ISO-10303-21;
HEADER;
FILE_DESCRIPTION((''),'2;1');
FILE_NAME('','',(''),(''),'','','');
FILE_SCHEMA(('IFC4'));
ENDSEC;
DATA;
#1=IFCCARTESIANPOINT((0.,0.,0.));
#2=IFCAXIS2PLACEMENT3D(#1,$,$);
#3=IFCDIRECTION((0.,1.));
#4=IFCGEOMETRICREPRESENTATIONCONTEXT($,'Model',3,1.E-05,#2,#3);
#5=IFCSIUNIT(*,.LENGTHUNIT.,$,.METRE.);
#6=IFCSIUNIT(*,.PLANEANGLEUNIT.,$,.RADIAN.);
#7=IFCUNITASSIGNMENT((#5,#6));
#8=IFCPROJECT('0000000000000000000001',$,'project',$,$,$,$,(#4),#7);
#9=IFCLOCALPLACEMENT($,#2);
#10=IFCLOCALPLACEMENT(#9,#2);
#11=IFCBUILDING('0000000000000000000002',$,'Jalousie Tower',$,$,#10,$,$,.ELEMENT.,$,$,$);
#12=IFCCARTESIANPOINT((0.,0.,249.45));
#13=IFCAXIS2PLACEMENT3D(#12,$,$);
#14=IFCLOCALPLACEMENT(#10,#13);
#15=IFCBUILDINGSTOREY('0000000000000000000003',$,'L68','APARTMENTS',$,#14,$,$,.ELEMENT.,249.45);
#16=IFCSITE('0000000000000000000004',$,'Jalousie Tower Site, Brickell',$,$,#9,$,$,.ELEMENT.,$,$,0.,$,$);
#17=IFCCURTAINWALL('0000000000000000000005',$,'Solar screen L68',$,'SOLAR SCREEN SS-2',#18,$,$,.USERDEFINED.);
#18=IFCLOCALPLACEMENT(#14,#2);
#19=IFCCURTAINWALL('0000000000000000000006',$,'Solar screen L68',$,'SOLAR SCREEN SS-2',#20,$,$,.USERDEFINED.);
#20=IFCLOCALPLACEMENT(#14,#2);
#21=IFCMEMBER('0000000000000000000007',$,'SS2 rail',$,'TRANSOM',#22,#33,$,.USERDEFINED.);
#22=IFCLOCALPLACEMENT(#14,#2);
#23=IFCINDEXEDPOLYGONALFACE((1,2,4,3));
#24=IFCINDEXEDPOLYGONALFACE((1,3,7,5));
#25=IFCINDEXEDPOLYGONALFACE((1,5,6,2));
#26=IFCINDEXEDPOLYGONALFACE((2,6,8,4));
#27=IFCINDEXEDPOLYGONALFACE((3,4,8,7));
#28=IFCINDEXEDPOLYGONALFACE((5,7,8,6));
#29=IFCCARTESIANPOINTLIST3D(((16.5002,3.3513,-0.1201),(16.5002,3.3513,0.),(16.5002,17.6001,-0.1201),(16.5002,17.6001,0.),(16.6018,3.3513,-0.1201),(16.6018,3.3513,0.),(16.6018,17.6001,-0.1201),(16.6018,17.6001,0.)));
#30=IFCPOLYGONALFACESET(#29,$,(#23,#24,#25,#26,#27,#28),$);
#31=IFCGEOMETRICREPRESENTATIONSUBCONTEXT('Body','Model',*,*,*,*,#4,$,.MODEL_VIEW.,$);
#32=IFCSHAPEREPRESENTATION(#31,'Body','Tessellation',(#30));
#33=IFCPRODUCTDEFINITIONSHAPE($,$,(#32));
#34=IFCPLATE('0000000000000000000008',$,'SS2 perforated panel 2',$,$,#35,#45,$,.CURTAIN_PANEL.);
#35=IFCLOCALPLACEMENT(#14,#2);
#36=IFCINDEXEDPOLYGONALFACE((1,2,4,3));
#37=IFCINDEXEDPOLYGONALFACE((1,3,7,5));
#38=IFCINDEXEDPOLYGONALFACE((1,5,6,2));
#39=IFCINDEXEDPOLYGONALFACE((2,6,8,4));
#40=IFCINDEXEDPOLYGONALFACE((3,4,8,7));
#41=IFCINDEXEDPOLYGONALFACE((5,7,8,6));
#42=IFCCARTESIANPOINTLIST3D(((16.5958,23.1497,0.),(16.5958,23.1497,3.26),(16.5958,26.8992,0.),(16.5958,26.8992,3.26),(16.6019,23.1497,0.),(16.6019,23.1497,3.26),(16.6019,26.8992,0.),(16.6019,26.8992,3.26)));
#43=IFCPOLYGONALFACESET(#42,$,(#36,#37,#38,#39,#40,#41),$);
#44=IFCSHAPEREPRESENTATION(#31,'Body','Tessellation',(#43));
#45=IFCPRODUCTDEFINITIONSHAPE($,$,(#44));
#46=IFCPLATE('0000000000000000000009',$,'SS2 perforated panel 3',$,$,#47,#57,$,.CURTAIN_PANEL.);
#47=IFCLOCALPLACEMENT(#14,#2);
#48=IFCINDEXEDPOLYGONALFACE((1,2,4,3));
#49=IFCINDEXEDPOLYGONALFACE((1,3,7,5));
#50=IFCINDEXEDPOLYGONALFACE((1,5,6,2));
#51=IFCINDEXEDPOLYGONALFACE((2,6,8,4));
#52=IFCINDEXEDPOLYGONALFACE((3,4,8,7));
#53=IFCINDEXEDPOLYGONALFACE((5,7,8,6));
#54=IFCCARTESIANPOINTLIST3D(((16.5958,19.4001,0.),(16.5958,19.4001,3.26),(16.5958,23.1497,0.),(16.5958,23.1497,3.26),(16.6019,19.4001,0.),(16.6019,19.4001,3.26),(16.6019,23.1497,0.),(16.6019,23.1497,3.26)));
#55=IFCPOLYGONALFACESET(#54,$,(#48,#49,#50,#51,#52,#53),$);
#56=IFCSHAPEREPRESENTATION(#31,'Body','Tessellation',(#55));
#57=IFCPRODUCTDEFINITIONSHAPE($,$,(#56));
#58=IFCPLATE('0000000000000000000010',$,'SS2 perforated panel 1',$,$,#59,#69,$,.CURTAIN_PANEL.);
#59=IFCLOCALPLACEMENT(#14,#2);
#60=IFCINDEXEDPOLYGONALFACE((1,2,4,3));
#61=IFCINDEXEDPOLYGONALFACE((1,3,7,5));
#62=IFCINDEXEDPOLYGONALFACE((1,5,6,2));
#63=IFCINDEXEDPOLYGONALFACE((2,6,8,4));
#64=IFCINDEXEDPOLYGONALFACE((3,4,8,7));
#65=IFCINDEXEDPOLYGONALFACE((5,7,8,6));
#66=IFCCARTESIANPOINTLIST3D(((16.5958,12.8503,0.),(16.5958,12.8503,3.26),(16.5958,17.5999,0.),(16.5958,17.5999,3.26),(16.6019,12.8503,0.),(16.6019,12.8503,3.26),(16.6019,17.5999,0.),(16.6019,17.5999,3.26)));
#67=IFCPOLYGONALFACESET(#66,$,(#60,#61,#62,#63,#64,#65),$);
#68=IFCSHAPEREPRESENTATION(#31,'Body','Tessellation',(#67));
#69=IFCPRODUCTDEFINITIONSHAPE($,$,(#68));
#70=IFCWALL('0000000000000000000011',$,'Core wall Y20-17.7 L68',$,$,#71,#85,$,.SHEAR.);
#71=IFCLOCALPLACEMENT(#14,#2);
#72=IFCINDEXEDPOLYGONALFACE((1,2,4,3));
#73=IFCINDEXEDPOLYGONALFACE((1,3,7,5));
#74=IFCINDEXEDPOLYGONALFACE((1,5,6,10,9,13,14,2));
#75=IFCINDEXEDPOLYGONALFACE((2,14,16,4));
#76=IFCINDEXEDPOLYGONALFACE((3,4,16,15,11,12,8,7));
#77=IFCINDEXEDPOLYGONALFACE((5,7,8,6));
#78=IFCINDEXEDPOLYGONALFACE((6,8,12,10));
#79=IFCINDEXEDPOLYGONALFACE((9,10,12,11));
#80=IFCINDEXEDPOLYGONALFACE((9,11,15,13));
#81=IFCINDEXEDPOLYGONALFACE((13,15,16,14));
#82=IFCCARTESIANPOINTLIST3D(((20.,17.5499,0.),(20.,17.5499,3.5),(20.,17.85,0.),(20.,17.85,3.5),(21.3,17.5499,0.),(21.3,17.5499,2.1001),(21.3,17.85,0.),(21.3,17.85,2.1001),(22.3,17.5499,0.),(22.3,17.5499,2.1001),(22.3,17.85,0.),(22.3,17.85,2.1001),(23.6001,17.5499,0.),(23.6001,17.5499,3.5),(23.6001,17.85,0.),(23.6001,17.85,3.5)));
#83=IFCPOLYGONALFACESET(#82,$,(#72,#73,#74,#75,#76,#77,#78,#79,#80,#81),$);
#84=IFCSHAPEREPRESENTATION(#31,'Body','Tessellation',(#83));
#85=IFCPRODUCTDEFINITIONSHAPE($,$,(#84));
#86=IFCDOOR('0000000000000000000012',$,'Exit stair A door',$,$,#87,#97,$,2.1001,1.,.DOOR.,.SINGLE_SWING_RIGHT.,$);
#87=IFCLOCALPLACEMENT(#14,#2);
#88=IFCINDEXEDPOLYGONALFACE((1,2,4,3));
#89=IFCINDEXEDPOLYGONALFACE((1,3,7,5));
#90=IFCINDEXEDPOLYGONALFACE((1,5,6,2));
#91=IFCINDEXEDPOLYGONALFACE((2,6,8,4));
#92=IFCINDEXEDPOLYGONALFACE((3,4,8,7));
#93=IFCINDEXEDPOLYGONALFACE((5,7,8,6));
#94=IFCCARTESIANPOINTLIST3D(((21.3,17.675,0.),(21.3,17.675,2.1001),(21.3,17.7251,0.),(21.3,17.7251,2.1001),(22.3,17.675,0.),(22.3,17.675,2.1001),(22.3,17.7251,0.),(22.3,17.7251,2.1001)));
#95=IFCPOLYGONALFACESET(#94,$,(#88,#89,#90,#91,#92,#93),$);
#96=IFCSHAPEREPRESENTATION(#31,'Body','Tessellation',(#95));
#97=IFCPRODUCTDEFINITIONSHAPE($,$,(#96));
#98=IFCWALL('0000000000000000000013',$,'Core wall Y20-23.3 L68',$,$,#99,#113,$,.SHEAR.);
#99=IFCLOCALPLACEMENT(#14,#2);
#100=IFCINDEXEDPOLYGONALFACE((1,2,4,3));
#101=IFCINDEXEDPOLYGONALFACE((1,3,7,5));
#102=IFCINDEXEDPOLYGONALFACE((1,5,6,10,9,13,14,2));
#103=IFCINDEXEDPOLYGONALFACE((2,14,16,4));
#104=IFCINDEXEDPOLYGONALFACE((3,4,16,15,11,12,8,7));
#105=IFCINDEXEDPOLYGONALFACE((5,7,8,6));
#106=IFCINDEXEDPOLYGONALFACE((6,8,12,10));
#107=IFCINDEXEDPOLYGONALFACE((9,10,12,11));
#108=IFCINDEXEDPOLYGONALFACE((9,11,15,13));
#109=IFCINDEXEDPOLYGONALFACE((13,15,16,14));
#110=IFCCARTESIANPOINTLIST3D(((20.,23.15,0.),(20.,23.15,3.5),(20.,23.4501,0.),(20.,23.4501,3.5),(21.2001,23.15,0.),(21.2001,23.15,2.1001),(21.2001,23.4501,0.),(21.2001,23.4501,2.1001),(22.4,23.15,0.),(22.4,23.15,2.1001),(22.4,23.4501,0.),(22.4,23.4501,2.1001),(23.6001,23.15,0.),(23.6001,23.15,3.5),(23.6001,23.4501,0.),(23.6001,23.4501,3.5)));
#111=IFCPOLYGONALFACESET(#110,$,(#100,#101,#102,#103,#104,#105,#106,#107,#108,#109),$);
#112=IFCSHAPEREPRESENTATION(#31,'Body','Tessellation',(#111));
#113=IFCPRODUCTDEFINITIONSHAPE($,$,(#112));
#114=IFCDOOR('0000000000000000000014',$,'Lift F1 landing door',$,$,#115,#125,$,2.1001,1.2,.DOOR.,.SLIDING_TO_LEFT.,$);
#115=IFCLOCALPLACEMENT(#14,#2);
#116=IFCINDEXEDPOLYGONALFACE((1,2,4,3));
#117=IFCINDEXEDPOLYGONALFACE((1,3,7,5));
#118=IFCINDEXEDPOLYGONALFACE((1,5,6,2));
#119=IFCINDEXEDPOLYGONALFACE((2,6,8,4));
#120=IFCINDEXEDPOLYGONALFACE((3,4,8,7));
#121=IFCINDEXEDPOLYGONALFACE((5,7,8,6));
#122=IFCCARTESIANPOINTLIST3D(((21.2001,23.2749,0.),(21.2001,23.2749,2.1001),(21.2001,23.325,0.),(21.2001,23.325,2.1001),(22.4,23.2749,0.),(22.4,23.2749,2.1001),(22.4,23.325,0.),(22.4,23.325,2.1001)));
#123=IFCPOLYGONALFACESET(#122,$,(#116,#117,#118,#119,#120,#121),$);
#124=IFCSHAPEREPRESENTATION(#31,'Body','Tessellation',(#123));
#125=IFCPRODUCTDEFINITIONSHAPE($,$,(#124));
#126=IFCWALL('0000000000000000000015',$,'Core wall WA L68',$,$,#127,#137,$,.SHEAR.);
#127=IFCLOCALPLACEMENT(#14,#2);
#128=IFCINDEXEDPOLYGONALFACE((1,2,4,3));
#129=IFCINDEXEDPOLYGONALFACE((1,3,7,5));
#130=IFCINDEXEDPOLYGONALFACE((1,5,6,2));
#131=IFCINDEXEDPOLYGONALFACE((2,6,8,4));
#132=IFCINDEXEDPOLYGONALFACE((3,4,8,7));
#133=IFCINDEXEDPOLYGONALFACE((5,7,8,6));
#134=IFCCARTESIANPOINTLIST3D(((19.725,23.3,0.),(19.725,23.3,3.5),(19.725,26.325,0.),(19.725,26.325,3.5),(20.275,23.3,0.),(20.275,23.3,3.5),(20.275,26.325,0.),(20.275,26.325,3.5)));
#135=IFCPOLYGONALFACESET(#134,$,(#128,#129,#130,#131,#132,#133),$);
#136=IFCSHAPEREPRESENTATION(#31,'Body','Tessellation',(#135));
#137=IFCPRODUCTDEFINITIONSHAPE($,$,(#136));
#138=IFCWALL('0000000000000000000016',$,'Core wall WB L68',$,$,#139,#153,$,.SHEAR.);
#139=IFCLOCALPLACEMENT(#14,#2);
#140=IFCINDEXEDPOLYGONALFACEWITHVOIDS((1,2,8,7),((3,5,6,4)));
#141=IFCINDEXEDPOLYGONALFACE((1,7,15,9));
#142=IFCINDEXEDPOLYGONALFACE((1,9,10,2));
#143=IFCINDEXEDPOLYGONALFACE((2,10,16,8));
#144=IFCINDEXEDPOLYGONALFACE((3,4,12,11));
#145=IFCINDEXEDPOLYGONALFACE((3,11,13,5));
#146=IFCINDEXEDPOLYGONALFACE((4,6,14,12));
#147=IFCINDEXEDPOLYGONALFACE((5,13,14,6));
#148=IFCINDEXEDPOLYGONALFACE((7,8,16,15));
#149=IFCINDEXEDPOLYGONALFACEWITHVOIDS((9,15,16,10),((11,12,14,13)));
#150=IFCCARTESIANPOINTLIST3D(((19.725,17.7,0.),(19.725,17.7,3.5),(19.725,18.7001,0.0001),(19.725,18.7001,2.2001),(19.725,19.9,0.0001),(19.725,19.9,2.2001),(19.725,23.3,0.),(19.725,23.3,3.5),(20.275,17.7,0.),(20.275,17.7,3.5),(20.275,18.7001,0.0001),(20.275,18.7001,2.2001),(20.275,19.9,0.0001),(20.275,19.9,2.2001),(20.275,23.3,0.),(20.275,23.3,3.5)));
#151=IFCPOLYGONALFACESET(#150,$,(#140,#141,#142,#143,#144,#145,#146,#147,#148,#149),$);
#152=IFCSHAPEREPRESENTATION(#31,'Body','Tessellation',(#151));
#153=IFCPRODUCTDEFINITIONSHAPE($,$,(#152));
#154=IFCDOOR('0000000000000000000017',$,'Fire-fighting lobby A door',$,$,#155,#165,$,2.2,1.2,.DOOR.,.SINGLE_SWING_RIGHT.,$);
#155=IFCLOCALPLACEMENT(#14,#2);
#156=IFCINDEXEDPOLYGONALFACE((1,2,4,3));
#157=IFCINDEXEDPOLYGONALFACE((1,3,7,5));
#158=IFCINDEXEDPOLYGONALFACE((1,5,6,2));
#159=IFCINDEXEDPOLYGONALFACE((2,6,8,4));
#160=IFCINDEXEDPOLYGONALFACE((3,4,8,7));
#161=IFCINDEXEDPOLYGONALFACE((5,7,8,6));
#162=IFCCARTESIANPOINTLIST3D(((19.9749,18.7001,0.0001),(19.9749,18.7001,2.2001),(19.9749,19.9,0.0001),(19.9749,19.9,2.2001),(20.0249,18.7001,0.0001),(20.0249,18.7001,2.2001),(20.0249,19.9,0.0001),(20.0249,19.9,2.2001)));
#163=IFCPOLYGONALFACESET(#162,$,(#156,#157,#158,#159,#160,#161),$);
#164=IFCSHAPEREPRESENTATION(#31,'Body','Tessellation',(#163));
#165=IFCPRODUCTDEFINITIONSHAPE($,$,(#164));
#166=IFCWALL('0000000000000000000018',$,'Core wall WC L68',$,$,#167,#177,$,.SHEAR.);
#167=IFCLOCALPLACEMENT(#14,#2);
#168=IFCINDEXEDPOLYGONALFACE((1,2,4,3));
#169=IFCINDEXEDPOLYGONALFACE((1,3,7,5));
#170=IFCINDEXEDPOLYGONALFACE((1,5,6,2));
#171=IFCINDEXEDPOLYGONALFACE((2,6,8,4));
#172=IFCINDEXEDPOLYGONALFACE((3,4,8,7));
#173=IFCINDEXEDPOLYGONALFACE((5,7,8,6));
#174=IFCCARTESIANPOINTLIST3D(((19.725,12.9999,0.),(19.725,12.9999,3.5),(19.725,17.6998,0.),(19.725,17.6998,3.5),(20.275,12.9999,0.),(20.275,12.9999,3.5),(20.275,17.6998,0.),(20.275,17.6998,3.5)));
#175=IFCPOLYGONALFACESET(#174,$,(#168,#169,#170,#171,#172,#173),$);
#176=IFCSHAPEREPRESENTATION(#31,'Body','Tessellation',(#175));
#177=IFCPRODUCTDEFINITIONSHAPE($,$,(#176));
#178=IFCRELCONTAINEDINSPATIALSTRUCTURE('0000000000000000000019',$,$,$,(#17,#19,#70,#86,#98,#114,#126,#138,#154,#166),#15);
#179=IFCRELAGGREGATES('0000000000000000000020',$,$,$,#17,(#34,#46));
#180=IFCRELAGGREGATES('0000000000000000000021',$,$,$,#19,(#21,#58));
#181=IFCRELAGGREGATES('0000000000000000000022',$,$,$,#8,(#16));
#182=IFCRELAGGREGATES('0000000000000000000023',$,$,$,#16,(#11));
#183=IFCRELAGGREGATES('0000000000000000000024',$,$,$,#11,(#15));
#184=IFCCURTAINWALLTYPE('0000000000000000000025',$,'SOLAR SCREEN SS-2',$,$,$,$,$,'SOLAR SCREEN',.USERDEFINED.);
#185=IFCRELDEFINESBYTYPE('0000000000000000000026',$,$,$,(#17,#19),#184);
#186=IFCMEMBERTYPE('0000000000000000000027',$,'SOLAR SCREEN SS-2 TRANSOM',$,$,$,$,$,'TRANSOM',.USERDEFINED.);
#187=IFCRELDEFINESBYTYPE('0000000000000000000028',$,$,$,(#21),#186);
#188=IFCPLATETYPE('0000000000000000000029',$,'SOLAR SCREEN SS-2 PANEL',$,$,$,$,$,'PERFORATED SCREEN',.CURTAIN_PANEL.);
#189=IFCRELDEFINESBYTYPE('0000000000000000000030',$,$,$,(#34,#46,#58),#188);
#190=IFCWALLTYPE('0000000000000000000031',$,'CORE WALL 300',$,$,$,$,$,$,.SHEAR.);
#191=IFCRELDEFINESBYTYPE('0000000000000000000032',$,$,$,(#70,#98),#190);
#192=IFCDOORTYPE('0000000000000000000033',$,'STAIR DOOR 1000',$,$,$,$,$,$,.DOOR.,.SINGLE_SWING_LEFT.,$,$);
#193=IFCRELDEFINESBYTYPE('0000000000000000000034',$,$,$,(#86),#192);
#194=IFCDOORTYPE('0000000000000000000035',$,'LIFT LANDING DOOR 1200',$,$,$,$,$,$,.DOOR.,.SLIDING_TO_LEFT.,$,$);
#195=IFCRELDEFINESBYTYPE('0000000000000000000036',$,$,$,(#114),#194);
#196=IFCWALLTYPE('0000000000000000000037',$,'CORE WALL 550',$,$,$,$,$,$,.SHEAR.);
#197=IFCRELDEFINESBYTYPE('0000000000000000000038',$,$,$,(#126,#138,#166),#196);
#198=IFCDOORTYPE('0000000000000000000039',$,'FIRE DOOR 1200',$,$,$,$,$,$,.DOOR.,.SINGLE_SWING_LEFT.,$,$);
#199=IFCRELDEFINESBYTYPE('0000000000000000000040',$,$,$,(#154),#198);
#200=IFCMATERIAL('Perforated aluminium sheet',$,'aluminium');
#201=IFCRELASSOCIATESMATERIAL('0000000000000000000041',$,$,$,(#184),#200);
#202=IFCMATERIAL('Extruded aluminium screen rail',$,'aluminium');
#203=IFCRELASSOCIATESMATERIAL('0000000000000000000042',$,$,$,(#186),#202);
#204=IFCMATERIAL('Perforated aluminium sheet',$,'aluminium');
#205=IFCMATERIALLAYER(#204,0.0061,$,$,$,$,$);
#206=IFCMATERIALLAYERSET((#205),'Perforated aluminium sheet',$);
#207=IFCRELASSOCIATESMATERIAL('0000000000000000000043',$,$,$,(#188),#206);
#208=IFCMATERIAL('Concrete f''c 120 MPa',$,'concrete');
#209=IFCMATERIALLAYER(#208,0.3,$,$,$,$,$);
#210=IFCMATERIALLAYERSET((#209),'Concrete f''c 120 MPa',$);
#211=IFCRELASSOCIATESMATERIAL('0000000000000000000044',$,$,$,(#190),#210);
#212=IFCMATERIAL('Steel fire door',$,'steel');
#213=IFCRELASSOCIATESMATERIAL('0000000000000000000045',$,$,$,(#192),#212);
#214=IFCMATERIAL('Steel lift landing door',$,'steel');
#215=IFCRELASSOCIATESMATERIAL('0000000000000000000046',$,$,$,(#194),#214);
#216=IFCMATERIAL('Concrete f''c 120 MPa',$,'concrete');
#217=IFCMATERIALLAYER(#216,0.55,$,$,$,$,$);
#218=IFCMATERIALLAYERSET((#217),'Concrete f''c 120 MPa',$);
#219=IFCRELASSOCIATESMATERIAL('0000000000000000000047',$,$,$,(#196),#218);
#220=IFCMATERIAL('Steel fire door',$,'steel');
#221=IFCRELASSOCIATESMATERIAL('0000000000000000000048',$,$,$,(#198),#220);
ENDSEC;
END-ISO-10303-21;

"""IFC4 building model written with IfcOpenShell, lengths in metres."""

from ifc_helpers import new_model, si_unit, direction, frame, frame_2d, origin, origin_2d, place, context, subcontext, project, spatial, rectangle, extrude, material, layer, layer_set, material_profile, profile_set, type_object, element, fill, aggregate, save


model = new_model("IFC4")

# Units and contexts
model_context = context("Model", 3, precision=1e-05, world=origin(), true_north=direction((0.0, 1.0)))
body_context = subcontext(model_context, "Body", "Model", "MODEL_VIEW")
ifc_project = project(units=[si_unit("LENGTHUNIT", "METRE"), si_unit("PLANEANGLEUNIT", "RADIAN")], contexts=[model_context])

# Site, building, storey
site_placement = place(None, origin())
site = spatial("IfcSite", under=ifc_project, at=site_placement, Name="Jalousie Tower Site, Brickell", CompositionType="ELEMENT", RefElevation=0.0)
building_placement = place(site_placement, origin())
building = spatial("IfcBuilding", under=site, at=building_placement, Name="Jalousie Tower", CompositionType="ELEMENT")
storey_placement = place(building_placement, frame((0.0, 0.0, 249.45)))
storey = spatial("IfcBuildingStorey", under=building, at=storey_placement, Name="L68", Description="APARTMENTS", CompositionType="ELEMENT", Elevation=249.45)

# Curtain walls, member
ifc_material_1 = material(Name="Perforated aluminium sheet", Category="aluminium")
curtain_wall_type = type_object("IfcCurtainWallType", Name="SOLAR SCREEN SS-2", ElementType="SOLAR SCREEN", PredefinedType="USERDEFINED", material=ifc_material_1)
curtain_wall_1_placement = place(storey_placement, origin())
curtain_wall_1 = element("IfcCurtainWall", 1, at=curtain_wall_1_placement, inside=storey, type_object=curtain_wall_type, Name="Solar screen L68", ObjectType="SOLAR SCREEN SS-2", PredefinedType="USERDEFINED")
curtain_wall_2_placement = place(storey_placement, origin())
curtain_wall_2 = element("IfcCurtainWall", 2, at=curtain_wall_2_placement, inside=storey, type_object=curtain_wall_type, Name="Solar screen L68", ObjectType="SOLAR SCREEN SS-2", PredefinedType="USERDEFINED")
ifc_material_2 = material(Name="Extruded aluminium screen rail", Category="aluminium")
ifc_material_profile_1 = material_profile(ifc_material_2, rectangle(XDim=0.1016, YDim=0.1201, at=origin_2d()), Name="RAIL 102x120")
ifc_profile_set_1 = profile_set([ifc_material_profile_1], Name="Extruded aluminium screen rail")
member_type_1 = type_object("IfcMemberType", Name="SOLAR SCREEN SS-2 TRANSOM", ElementType="TRANSOM", PredefinedType="USERDEFINED", material=ifc_profile_set_1)
member_1_placement = place(storey_placement, frame((16.551, 17.6001, -0.0601), z_axis=(0.0, -1.0, 0.0), x_axis=(1.0, 0.0, 0.0)))
member_1 = element("IfcMember", 3, at=member_1_placement, type_object=member_type_1, Name="SS2 rail", ObjectType="TRANSOM", PredefinedType="USERDEFINED", context=body_context, shape_type="SweptSolid", body=[
    extrude(rectangle(XDim=0.1016, YDim=0.1201, at=origin_2d()), origin(), (0.0, 0.0, 1.0), 14.2488),
])

# Plates
ifc_material_3 = material(Name="Perforated aluminium sheet", Category="aluminium")
ifc_layer_1 = layer(ifc_material_3, 0.0061)
ifc_layer_set_1 = layer_set([ifc_layer_1], Name="Perforated aluminium sheet")
plate_type = type_object("IfcPlateType", Name="SOLAR SCREEN SS-2 PANEL", ElementType="PERFORATED SCREEN", PredefinedType="CURTAIN_PANEL", material=ifc_layer_set_1)
plate_1_placement = place(storey_placement, frame((16.5989, 25.0244, 0.0), z_axis=(0.0, 0.0, 1.0), x_axis=(0.0, -1.0, 0.0)))
plate_1 = element("IfcPlate", 4, at=plate_1_placement, type_object=plate_type, Name="SS2 perforated panel 2", PredefinedType="CURTAIN_PANEL", context=body_context, shape_type="SweptSolid", body=[
    extrude(rectangle(XDim=3.7495, YDim=0.0061, at=origin_2d()), origin(), (0.0, 0.0, 1.0), 3.26),
])
plate_2_placement = place(storey_placement, frame((16.5989, 21.2749, 0.0), z_axis=(0.0, 0.0, 1.0), x_axis=(0.0, -1.0, 0.0)))
plate_2 = element("IfcPlate", 5, at=plate_2_placement, type_object=plate_type, Name="SS2 perforated panel 3", PredefinedType="CURTAIN_PANEL", context=body_context, shape_type="SweptSolid", body=[
    extrude(rectangle(XDim=3.7495, YDim=0.0061, at=origin_2d()), origin(), (0.0, 0.0, 1.0), 3.26),
])
aggregate(curtain_wall_1, [plate_1, plate_2])
plate_3_placement = place(storey_placement, frame((16.5989, 15.2251, 0.0), z_axis=(0.0, 0.0, 1.0), x_axis=(0.0, -1.0, 0.0)))
plate_3 = element("IfcPlate", 6, at=plate_3_placement, type_object=plate_type, Name="SS2 perforated panel 1", PredefinedType="CURTAIN_PANEL", context=body_context, shape_type="SweptSolid", body=[
    extrude(rectangle(XDim=4.7495, YDim=0.0061, at=origin_2d()), origin(), (0.0, 0.0, 1.0), 3.26),
])
aggregate(curtain_wall_2, [member_1, plate_3])

# Walls, openings, doors
ifc_material_4 = material(Name="Concrete f'c 120 MPa", Category="concrete")
ifc_layer_2 = layer(ifc_material_4, 0.3)
ifc_layer_set_2 = layer_set([ifc_layer_2], Name="Concrete f'c 120 MPa")
wall_type_1 = type_object("IfcWallType", Name="CORE WALL 300", PredefinedType="SHEAR", material=ifc_layer_set_2)
wall_1_placement = place(storey_placement, frame((20.0, 17.7, 0.0), z_axis=(0.0, 0.0, 1.0), x_axis=(1.0, 0.0, 0.0)))
wall_1 = element("IfcWall", 7, at=wall_1_placement, inside=storey, type_object=wall_type_1, Name="Core wall Y20-17.7 L68", PredefinedType="SHEAR", context=body_context, shape_type="SweptSolid", body=[
    extrude(rectangle(XDim=3.6001, YDim=0.3, at=frame_2d((1.8, 0.0))), origin(), (0.0, 0.0, 1.0), 3.5),
])
opening_1_placement = place(wall_1_placement, frame((1.3, 0.0, 0.0)))
opening_1 = element("IfcOpeningElement", 8, at=opening_1_placement, cuts=wall_1, PredefinedType="OPENING", context=body_context, shape_type="SweptSolid", body=[
    extrude(rectangle(XDim=1.0, YDim=2.1001, at=frame_2d((0.5, 1.05))), frame((0.0, 0.1599, 0.0), z_axis=(0.0, -1.0, 0.0), x_axis=(1.0, 0.0, 0.0)), (0.0, 0.0, 1.0), 0.3201),
])
ifc_material_5 = material(Name="Steel fire door", Category="steel")
door_type_1 = type_object("IfcDoorType", Name="STAIR DOOR 1000", OperationType="SINGLE_SWING_LEFT", PredefinedType="DOOR", material=ifc_material_5)
door_1_placement = place(opening_1_placement, frame((1.0, 0.0, 0.0), z_axis=(0.0, 0.0, 1.0), x_axis=(-1.0, 0.0, 0.0)))
door_1 = element("IfcDoor", 9, at=door_1_placement, inside=storey, type_object=door_type_1, Name="Exit stair A door", OperationType="SINGLE_SWING_RIGHT", OverallHeight=2.1001, OverallWidth=1.0, PredefinedType="DOOR", context=body_context, shape_type="SweptSolid", body=[
    extrude(rectangle(XDim=1.0, YDim=2.1001, at=frame_2d((0.5, 1.05))), frame((0.0, 0.0249, 0.0), z_axis=(0.0, -1.0, 0.0), x_axis=(1.0, 0.0, 0.0)), (0.0, 0.0, 1.0), 0.05),
])
fill(opening_1, door_1)
wall_2_placement = place(storey_placement, frame((20.0, 23.3, 0.0), z_axis=(0.0, 0.0, 1.0), x_axis=(1.0, 0.0, 0.0)))
wall_2 = element("IfcWall", 10, at=wall_2_placement, inside=storey, type_object=wall_type_1, Name="Core wall Y20-23.3 L68", PredefinedType="SHEAR", context=body_context, shape_type="SweptSolid", body=[
    extrude(rectangle(XDim=3.6001, YDim=0.3, at=frame_2d((1.8, 0.0))), origin(), (0.0, 0.0, 1.0), 3.5),
])
opening_2_placement = place(wall_2_placement, frame((1.2, 0.0, 0.0)))
opening_2 = element("IfcOpeningElement", 11, at=opening_2_placement, cuts=wall_2, PredefinedType="OPENING", context=body_context, shape_type="SweptSolid", body=[
    extrude(rectangle(XDim=1.2, YDim=2.1001, at=frame_2d((0.6001, 1.05))), frame((0.0, 0.1599, 0.0), z_axis=(0.0, -1.0, 0.0), x_axis=(1.0, 0.0, 0.0)), (0.0, 0.0, 1.0), 0.3201),
])
ifc_material_6 = material(Name="Steel lift landing door", Category="steel")
door_type_2 = type_object("IfcDoorType", Name="LIFT LANDING DOOR 1200", OperationType="SLIDING_TO_LEFT", PredefinedType="DOOR", material=ifc_material_6)
door_2_placement = place(opening_2_placement, origin())
door_2 = element("IfcDoor", 12, at=door_2_placement, inside=storey, type_object=door_type_2, Name="Lift F1 landing door", OperationType="SLIDING_TO_LEFT", OverallHeight=2.1001, OverallWidth=1.2, PredefinedType="DOOR", context=body_context, shape_type="SweptSolid", body=[
    extrude(rectangle(XDim=1.2, YDim=2.1001, at=frame_2d((0.6001, 1.05))), frame((0.0, 0.0249, 0.0), z_axis=(0.0, -1.0, 0.0), x_axis=(1.0, 0.0, 0.0)), (0.0, 0.0, 1.0), 0.05),
])
fill(opening_2, door_2)

# Wall
ifc_material_7 = material(Name="Concrete f'c 120 MPa", Category="concrete")
ifc_layer_3 = layer(ifc_material_7, 0.55)
ifc_layer_set_3 = layer_set([ifc_layer_3], Name="Concrete f'c 120 MPa")
wall_type_2 = type_object("IfcWallType", Name="CORE WALL 550", PredefinedType="SHEAR", material=ifc_layer_set_3)
wall_3_placement = place(storey_placement, frame((20.0, 26.325, 0.0), z_axis=(0.0, 0.0, 1.0), x_axis=(0.0, -1.0, 0.0)))
element("IfcWall", 13, at=wall_3_placement, inside=storey, type_object=wall_type_2, Name="Core wall WA L68", PredefinedType="SHEAR", context=body_context, shape_type="SweptSolid", body=[
    extrude(rectangle(XDim=3.0249, YDim=0.55, at=frame_2d((1.5125, 0.0))), origin(), (0.0, 0.0, 1.0), 3.5),
])

# Wall, opening, door
wall_4_placement = place(storey_placement, frame((20.0, 23.3, 0.0), z_axis=(0.0, 0.0, 1.0), x_axis=(0.0, -1.0, 0.0)))
wall_4 = element("IfcWall", 14, at=wall_4_placement, inside=storey, type_object=wall_type_2, Name="Core wall WB L68", PredefinedType="SHEAR", context=body_context, shape_type="SweptSolid", body=[
    extrude(rectangle(XDim=5.6001, YDim=0.55, at=frame_2d((2.8, 0.0))), origin(), (0.0, 0.0, 1.0), 3.5),
])
opening_3_placement = place(wall_4_placement, frame((3.3999, 0.0, 0.0)))
opening_3 = element("IfcOpeningElement", 15, at=opening_3_placement, cuts=wall_4, PredefinedType="OPENING", context=body_context, shape_type="SweptSolid", body=[
    extrude(rectangle(XDim=1.2, YDim=2.2, at=frame_2d((0.6001, 1.1001))), frame((0.0, 0.2849, 0.0), z_axis=(0.0, -1.0, 0.0), x_axis=(1.0, 0.0, 0.0)), (0.0, 0.0, 1.0), 0.5701),
])
ifc_material_8 = material(Name="Steel fire door", Category="steel")
door_type_3 = type_object("IfcDoorType", Name="FIRE DOOR 1200", OperationType="SINGLE_SWING_LEFT", PredefinedType="DOOR", material=ifc_material_8)
door_3_placement = place(opening_3_placement, origin())
door_3 = element("IfcDoor", 16, at=door_3_placement, inside=storey, type_object=door_type_3, Name="Fire-fighting lobby A door", OperationType="SINGLE_SWING_RIGHT", OverallHeight=2.2, OverallWidth=1.2, PredefinedType="DOOR", context=body_context, shape_type="SweptSolid", body=[
    extrude(rectangle(XDim=1.2, YDim=2.2, at=frame_2d((0.6001, 1.1001))), frame((0.0, 0.0249, 0.0), z_axis=(0.0, -1.0, 0.0), x_axis=(1.0, 0.0, 0.0)), (0.0, 0.0, 1.0), 0.05),
])
fill(opening_3, door_3)

# Wall
wall_5_placement = place(storey_placement, frame((20.0, 17.7, 0.0), z_axis=(0.0, 0.0, 1.0), x_axis=(0.0, -1.0, 0.0)))
element("IfcWall", 17, at=wall_5_placement, inside=storey, type_object=wall_type_2, Name="Core wall WC L68", PredefinedType="SHEAR", context=body_context, shape_type="SweptSolid", body=[
    extrude(rectangle(XDim=4.7, YDim=0.55, at=frame_2d((2.3501, 0.0))), origin(), (0.0, 0.0, 1.0), 3.5),
])

save(model, "model.ifc")
